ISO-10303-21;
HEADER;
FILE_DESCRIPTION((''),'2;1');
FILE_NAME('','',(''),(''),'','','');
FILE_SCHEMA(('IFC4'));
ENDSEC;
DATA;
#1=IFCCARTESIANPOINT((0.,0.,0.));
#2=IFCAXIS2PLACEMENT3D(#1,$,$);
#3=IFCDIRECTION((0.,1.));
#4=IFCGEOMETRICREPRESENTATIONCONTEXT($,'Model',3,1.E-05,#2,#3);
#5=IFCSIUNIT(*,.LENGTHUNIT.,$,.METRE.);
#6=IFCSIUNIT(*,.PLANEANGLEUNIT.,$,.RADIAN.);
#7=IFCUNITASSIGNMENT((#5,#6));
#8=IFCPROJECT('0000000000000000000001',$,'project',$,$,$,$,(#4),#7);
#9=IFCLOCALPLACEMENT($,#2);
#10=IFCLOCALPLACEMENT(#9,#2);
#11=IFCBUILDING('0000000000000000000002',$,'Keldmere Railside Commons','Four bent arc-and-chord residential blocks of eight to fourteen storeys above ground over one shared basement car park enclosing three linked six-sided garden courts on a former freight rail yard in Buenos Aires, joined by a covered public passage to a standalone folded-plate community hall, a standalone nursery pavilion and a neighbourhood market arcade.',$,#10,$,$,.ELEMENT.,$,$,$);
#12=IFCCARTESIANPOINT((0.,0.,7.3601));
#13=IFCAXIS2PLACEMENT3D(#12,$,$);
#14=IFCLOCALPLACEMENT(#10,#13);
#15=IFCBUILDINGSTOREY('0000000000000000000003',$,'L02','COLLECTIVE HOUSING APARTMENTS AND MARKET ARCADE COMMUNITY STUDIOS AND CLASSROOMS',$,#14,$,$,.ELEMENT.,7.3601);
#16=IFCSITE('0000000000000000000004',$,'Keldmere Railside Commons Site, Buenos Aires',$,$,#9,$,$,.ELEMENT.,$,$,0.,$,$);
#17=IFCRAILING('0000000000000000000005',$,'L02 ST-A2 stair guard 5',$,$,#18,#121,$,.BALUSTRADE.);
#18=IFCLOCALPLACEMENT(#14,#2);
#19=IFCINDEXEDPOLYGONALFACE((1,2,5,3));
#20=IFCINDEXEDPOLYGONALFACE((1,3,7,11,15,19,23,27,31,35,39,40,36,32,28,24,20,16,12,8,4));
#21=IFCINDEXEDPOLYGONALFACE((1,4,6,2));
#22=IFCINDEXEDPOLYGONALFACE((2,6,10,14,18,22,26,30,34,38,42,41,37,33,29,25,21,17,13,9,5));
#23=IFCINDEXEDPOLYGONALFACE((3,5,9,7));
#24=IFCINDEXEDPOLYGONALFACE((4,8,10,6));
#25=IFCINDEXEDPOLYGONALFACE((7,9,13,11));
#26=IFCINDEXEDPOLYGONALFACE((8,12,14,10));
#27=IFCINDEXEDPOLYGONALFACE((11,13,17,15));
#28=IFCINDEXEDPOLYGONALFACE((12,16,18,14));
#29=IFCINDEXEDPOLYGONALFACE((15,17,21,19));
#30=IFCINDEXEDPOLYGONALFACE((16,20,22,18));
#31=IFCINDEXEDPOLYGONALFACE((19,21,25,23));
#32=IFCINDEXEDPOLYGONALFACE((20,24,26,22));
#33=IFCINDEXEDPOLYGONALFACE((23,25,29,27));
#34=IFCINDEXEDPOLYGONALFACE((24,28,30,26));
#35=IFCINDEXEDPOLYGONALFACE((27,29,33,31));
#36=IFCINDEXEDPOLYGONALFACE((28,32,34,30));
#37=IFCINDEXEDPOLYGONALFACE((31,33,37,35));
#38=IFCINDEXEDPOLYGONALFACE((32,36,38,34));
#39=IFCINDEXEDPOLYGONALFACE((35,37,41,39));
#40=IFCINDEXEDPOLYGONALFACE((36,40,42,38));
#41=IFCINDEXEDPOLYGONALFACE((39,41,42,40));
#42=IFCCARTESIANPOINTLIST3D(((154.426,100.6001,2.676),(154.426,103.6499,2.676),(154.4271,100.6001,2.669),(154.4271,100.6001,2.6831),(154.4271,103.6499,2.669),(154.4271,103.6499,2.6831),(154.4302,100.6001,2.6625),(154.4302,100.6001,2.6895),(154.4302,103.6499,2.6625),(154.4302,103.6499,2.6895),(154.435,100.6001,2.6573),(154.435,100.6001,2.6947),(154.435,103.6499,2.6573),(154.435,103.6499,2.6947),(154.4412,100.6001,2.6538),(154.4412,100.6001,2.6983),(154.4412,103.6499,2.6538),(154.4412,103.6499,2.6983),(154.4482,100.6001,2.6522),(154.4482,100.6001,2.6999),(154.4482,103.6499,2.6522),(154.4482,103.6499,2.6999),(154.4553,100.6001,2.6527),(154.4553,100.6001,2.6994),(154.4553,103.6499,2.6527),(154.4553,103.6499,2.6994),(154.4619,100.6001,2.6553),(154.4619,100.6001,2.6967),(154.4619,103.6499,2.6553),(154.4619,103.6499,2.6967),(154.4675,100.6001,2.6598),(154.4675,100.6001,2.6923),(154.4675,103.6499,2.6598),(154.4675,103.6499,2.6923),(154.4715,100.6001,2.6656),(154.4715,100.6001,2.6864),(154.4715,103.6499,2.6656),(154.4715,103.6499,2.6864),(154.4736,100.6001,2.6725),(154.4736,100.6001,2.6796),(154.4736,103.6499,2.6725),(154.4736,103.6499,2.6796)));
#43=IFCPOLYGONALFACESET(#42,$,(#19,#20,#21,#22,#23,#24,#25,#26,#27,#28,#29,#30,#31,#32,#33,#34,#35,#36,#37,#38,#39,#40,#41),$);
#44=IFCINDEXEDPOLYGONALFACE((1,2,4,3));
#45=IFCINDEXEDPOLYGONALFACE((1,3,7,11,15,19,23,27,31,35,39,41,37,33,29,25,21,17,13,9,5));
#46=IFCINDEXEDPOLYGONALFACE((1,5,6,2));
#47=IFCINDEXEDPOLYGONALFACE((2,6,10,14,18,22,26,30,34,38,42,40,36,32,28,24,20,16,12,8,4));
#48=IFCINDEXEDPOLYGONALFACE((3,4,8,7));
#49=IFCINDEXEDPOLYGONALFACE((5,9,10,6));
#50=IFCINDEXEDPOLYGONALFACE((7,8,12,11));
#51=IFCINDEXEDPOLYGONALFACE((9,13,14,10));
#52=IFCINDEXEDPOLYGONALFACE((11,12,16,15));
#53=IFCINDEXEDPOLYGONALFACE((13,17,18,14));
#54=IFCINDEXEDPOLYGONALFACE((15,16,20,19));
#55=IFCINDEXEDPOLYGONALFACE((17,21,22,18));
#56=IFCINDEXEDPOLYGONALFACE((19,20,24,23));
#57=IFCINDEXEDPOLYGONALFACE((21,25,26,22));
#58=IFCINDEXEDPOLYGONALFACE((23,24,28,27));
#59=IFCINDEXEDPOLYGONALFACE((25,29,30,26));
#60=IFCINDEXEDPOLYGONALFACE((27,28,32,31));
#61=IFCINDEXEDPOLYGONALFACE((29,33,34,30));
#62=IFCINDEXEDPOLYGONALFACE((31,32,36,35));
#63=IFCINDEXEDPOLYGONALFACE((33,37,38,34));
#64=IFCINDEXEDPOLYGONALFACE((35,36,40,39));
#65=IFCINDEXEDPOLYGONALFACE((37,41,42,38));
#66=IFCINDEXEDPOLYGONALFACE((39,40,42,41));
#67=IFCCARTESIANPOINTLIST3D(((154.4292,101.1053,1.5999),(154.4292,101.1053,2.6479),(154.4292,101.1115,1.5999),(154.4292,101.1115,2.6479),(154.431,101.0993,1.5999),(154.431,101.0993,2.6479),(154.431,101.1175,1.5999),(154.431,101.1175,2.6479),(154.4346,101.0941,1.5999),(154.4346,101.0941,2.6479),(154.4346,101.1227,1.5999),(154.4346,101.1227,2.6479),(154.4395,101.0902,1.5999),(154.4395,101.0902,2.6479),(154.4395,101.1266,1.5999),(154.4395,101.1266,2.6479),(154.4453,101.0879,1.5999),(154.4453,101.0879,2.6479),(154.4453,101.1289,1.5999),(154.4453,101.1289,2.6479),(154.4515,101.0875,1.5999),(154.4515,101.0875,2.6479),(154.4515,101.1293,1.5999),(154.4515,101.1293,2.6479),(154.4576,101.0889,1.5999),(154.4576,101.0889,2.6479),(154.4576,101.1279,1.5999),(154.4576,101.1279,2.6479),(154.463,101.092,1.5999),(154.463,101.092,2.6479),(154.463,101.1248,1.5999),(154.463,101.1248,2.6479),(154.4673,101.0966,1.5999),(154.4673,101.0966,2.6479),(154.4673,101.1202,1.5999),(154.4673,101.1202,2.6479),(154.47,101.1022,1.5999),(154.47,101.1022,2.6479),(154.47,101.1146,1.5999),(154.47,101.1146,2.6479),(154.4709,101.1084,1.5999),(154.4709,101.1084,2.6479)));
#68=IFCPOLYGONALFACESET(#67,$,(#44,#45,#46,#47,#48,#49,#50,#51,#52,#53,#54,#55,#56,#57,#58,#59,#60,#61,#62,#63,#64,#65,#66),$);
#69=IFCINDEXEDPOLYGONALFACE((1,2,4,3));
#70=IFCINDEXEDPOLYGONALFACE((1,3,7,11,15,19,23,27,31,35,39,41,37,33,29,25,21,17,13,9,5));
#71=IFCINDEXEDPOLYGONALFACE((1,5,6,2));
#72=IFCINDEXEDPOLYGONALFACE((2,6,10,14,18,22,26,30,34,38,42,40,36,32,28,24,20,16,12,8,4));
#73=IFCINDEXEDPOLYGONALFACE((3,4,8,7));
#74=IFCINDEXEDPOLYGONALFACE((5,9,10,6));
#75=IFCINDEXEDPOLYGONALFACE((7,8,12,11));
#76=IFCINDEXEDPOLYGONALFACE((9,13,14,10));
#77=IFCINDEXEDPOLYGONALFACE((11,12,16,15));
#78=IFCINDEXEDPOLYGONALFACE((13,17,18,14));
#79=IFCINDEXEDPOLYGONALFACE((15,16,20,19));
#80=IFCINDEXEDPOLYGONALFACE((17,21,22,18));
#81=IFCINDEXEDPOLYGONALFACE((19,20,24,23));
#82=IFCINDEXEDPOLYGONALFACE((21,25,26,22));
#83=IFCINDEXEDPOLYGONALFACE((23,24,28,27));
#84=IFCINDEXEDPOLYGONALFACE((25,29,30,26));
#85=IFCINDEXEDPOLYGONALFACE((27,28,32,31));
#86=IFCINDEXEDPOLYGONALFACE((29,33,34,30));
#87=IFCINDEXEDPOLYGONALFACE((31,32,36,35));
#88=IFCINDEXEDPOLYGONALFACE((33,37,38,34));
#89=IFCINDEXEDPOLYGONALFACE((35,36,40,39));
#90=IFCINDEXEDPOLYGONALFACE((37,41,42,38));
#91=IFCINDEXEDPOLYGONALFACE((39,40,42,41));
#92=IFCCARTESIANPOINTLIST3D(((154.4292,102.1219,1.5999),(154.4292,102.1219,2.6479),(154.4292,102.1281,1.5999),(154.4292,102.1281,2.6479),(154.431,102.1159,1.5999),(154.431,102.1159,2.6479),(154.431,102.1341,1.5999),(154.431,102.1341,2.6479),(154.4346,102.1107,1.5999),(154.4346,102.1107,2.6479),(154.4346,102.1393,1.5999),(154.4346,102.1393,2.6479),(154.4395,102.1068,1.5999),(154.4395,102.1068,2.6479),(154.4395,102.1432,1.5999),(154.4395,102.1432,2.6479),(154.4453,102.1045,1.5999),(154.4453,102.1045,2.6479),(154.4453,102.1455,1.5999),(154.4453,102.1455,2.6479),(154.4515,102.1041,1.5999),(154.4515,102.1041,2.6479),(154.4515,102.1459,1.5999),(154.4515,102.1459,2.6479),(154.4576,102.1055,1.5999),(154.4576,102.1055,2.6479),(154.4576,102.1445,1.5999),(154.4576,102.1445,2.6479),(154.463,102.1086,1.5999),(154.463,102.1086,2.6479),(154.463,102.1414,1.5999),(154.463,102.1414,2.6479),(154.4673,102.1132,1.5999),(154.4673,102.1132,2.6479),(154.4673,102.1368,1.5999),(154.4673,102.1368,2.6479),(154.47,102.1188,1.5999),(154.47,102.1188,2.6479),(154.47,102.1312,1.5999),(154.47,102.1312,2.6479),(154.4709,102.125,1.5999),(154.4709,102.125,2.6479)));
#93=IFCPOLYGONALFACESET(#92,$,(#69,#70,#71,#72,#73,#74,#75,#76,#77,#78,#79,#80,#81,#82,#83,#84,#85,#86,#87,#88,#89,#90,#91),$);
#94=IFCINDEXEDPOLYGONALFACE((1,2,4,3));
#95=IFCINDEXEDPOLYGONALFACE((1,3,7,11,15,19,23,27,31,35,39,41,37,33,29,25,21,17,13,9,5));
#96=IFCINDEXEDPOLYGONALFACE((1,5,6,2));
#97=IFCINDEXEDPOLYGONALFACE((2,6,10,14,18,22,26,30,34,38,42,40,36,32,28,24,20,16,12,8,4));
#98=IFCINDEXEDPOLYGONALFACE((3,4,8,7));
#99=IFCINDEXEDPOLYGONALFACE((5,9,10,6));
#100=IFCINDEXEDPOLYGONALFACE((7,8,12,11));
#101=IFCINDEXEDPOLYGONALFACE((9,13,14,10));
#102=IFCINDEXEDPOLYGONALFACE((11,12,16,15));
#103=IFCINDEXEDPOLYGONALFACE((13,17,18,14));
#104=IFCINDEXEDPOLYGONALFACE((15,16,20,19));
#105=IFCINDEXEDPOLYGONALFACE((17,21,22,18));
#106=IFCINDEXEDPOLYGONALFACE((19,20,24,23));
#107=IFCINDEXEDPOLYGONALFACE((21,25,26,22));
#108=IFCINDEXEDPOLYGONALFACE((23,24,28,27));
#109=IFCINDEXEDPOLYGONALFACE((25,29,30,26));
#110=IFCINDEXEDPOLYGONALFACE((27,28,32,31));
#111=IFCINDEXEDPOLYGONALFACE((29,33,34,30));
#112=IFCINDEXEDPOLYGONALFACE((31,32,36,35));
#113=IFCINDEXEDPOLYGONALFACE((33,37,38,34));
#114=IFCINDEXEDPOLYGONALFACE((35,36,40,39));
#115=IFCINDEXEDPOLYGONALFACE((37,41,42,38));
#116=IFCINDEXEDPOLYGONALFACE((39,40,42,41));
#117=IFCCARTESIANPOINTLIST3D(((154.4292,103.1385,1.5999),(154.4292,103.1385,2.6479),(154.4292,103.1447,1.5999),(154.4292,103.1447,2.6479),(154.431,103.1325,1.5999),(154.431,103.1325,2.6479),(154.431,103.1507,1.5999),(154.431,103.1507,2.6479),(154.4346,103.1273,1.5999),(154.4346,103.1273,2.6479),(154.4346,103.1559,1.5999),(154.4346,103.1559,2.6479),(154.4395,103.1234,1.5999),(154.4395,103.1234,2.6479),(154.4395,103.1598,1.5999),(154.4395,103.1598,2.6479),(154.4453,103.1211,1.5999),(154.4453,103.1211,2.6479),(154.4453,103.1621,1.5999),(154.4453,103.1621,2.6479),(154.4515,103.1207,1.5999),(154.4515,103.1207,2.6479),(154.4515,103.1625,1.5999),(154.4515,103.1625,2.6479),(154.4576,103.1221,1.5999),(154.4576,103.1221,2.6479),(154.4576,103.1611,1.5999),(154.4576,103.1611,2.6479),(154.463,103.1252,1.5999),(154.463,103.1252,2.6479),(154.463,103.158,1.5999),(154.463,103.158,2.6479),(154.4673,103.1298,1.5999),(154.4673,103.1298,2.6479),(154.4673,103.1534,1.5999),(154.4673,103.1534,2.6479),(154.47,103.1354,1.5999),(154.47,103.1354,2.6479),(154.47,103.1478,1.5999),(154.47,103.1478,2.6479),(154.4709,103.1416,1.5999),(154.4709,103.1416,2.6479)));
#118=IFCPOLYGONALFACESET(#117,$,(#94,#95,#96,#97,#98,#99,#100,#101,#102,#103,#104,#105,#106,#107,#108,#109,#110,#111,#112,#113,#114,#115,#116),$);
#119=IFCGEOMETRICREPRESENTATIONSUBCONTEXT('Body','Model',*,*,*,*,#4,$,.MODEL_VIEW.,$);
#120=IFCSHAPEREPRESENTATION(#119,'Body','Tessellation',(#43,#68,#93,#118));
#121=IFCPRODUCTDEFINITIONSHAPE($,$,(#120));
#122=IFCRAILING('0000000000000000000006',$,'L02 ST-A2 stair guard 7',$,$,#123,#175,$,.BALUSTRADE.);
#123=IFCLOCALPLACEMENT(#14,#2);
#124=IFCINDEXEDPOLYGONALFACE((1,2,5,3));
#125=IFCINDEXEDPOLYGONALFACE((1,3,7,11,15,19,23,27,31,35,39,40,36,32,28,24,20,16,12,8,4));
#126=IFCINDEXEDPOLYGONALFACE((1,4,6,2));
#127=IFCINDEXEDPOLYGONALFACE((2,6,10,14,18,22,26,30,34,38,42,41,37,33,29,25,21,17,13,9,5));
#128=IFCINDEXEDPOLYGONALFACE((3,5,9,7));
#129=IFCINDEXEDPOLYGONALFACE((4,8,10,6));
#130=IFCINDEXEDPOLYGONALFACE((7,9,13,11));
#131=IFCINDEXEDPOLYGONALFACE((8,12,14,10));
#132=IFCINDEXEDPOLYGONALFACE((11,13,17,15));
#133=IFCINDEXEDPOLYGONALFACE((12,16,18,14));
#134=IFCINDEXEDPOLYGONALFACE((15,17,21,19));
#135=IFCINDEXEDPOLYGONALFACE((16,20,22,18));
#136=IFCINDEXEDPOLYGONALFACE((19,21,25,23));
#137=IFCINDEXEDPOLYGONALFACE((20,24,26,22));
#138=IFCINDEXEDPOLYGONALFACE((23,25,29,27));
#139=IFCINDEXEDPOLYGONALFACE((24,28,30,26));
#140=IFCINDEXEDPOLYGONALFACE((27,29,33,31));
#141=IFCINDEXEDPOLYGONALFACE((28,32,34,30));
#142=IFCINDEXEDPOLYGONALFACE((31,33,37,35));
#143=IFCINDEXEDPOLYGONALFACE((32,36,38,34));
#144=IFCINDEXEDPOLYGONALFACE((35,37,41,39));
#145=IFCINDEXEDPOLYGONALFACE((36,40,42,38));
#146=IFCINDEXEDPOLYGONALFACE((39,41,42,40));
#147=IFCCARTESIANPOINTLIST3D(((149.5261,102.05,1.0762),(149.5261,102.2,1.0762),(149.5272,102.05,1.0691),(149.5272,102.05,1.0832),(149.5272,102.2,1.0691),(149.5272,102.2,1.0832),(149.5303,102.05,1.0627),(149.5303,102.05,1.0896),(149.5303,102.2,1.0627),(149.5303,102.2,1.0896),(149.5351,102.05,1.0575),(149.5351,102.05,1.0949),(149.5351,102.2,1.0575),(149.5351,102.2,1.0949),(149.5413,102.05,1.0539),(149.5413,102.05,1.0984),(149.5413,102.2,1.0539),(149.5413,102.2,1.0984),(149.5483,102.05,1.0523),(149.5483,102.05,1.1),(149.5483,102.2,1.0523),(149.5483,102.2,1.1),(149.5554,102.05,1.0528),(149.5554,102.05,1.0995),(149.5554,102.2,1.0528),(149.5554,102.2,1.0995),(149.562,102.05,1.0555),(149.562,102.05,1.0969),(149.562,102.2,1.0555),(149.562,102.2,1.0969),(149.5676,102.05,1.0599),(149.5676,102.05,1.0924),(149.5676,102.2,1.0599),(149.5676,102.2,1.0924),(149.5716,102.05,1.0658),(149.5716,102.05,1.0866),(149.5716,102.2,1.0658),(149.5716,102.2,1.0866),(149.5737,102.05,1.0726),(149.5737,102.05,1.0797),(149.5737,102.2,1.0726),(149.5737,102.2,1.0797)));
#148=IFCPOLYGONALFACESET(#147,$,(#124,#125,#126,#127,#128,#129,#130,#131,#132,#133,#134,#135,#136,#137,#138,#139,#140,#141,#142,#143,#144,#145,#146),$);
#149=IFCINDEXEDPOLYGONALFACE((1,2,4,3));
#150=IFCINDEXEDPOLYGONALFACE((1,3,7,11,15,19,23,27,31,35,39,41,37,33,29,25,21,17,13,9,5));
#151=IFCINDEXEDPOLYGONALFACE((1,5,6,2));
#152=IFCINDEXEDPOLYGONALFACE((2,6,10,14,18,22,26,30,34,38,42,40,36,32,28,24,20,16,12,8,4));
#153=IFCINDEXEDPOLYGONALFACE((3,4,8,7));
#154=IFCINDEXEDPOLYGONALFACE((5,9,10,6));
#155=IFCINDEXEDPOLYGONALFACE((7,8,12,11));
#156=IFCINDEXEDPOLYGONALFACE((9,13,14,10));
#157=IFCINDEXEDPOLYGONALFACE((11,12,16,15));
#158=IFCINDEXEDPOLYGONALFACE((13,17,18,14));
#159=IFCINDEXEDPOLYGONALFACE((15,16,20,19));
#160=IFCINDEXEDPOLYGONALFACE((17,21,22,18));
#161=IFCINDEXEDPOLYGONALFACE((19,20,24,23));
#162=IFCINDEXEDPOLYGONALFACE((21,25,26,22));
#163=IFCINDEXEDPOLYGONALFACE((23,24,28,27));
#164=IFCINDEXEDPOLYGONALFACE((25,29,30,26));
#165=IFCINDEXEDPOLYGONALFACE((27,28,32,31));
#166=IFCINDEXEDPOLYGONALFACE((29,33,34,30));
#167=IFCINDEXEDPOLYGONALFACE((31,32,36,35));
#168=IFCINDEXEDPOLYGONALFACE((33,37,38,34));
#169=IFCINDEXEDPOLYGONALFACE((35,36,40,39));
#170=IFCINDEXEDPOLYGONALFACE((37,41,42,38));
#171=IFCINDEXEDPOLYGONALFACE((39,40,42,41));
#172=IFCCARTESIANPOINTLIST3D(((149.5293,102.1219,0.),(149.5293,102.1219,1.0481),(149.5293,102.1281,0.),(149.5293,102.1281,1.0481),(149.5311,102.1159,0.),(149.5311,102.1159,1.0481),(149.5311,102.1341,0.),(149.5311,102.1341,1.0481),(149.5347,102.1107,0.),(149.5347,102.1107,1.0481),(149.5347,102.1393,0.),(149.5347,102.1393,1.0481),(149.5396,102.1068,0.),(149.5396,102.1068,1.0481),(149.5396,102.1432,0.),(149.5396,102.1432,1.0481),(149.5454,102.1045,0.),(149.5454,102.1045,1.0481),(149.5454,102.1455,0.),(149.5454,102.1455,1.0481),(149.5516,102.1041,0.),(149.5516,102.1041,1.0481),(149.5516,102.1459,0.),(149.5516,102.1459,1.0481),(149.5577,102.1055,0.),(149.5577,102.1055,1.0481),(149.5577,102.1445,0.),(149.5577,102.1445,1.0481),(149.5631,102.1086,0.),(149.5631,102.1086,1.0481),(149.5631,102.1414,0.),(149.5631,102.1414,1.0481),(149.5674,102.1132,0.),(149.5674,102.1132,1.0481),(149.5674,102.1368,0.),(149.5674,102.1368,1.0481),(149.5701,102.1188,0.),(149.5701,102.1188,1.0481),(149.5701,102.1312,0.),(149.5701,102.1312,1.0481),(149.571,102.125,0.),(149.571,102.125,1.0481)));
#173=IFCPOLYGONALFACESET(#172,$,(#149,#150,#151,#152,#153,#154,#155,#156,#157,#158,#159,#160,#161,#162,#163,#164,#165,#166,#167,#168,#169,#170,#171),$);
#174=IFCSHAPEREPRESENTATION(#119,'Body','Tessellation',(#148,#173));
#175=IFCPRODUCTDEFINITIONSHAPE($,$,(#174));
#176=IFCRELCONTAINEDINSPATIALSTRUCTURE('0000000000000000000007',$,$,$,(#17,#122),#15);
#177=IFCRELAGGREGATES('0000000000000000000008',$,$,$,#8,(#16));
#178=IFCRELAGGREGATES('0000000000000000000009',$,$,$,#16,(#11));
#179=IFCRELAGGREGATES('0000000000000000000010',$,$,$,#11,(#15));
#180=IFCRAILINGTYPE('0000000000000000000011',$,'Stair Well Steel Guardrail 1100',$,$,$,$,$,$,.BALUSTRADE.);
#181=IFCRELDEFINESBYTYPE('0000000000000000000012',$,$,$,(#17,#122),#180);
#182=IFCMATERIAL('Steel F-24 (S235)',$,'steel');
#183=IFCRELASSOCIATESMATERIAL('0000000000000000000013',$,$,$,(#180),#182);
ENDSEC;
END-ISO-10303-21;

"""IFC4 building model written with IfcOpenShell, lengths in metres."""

from ifc_helpers import new_model, si_unit, direction, frame, origin, origin_2d, place, context, subcontext, project, spatial, circle, extrude, material, type_object, element, save


model = new_model("IFC4")

# Units and contexts
model_context = context("Model", 3, precision=1e-05, world=origin(), true_north=direction((0.0, 1.0)))
body_context = subcontext(model_context, "Body", "Model", "MODEL_VIEW")
ifc_project = project(units=[si_unit("LENGTHUNIT", "METRE"), si_unit("PLANEANGLEUNIT", "RADIAN")], contexts=[model_context])

# Site, building, storey
site_placement = place(None, origin())
site = spatial("IfcSite", under=ifc_project, at=site_placement, Name="Keldmere Railside Commons Site, Buenos Aires", CompositionType="ELEMENT", RefElevation=0.0)
building_placement = place(site_placement, origin())
building = spatial("IfcBuilding", under=site, at=building_placement, Name="Keldmere Railside Commons", Description="Four bent arc-and-chord residential blocks of eight to fourteen storeys above ground over one shared basement car park enclosing three linked six-sided garden courts on a former freight rail yard in Buenos Aires, joined by a covered public passage to a standalone folded-plate community hall, a standalone nursery pavilion and a neighbourhood market arcade.", CompositionType="ELEMENT")
storey_placement = place(building_placement, frame((0.0, 0.0, 7.3601)))
storey = spatial("IfcBuildingStorey", under=building, at=storey_placement, Name="L02", Description="COLLECTIVE HOUSING APARTMENTS AND MARKET ARCADE COMMUNITY STUDIOS AND CLASSROOMS", CompositionType="ELEMENT", Elevation=7.3601)

# Railings
ifc_material_1 = material(Name="Steel F-24 (S235)", Category="steel")
railing_type_1 = type_object("IfcRailingType", Name="Stair Well Steel Guardrail 1100", PredefinedType="BALUSTRADE", material=ifc_material_1)
railing_1_placement = place(storey_placement, frame((154.45, 100.6001, 1.5999)))
element("IfcRailing", 1, at=railing_1_placement, inside=storey, type_object=railing_type_1, Name="L02 ST-A2 stair guard 5", PredefinedType="BALUSTRADE", context=body_context, shape_type="SweptSolid", body=[
    extrude(circle(Radius=0.0239, at=origin_2d()), frame((0.0, 0.0, 1.0762), z_axis=(0.0, 1.0, 0.0), x_axis=(-1.0, 0.0, 0.0)), (0.0, 0.0, 1.0), 3.0498),
    extrude(circle(Radius=0.021, at=origin_2d()), frame((0.0, 0.5083, 0.0)), (0.0, 0.0, 1.0), 1.0481),
    extrude(circle(Radius=0.021, at=origin_2d()), frame((0.0, 1.5249, 0.0)), (0.0, 0.0, 1.0), 1.0481),
    extrude(circle(Radius=0.021, at=origin_2d()), frame((0.0, 2.5415, 0.0)), (0.0, 0.0, 1.0), 1.0481),
])
railing_2_placement = place(storey_placement, frame((149.55, 102.05, 0.0)))
element("IfcRailing", 2, at=railing_2_placement, inside=storey, type_object=railing_type_1, Name="L02 ST-A2 stair guard 7", PredefinedType="BALUSTRADE", context=body_context, shape_type="SweptSolid", body=[
    extrude(circle(Radius=0.0239, at=origin_2d()), frame((0.0, 0.0, 1.0762), z_axis=(0.0, 1.0, 0.0), x_axis=(-1.0, 0.0, 0.0)), (0.0, 0.0, 1.0), 0.1499),
    extrude(circle(Radius=0.021, at=origin_2d()), frame((0.0, 0.075, 0.0)), (0.0, 0.0, 1.0), 1.0481),
])

save(model, "model.ifc")
